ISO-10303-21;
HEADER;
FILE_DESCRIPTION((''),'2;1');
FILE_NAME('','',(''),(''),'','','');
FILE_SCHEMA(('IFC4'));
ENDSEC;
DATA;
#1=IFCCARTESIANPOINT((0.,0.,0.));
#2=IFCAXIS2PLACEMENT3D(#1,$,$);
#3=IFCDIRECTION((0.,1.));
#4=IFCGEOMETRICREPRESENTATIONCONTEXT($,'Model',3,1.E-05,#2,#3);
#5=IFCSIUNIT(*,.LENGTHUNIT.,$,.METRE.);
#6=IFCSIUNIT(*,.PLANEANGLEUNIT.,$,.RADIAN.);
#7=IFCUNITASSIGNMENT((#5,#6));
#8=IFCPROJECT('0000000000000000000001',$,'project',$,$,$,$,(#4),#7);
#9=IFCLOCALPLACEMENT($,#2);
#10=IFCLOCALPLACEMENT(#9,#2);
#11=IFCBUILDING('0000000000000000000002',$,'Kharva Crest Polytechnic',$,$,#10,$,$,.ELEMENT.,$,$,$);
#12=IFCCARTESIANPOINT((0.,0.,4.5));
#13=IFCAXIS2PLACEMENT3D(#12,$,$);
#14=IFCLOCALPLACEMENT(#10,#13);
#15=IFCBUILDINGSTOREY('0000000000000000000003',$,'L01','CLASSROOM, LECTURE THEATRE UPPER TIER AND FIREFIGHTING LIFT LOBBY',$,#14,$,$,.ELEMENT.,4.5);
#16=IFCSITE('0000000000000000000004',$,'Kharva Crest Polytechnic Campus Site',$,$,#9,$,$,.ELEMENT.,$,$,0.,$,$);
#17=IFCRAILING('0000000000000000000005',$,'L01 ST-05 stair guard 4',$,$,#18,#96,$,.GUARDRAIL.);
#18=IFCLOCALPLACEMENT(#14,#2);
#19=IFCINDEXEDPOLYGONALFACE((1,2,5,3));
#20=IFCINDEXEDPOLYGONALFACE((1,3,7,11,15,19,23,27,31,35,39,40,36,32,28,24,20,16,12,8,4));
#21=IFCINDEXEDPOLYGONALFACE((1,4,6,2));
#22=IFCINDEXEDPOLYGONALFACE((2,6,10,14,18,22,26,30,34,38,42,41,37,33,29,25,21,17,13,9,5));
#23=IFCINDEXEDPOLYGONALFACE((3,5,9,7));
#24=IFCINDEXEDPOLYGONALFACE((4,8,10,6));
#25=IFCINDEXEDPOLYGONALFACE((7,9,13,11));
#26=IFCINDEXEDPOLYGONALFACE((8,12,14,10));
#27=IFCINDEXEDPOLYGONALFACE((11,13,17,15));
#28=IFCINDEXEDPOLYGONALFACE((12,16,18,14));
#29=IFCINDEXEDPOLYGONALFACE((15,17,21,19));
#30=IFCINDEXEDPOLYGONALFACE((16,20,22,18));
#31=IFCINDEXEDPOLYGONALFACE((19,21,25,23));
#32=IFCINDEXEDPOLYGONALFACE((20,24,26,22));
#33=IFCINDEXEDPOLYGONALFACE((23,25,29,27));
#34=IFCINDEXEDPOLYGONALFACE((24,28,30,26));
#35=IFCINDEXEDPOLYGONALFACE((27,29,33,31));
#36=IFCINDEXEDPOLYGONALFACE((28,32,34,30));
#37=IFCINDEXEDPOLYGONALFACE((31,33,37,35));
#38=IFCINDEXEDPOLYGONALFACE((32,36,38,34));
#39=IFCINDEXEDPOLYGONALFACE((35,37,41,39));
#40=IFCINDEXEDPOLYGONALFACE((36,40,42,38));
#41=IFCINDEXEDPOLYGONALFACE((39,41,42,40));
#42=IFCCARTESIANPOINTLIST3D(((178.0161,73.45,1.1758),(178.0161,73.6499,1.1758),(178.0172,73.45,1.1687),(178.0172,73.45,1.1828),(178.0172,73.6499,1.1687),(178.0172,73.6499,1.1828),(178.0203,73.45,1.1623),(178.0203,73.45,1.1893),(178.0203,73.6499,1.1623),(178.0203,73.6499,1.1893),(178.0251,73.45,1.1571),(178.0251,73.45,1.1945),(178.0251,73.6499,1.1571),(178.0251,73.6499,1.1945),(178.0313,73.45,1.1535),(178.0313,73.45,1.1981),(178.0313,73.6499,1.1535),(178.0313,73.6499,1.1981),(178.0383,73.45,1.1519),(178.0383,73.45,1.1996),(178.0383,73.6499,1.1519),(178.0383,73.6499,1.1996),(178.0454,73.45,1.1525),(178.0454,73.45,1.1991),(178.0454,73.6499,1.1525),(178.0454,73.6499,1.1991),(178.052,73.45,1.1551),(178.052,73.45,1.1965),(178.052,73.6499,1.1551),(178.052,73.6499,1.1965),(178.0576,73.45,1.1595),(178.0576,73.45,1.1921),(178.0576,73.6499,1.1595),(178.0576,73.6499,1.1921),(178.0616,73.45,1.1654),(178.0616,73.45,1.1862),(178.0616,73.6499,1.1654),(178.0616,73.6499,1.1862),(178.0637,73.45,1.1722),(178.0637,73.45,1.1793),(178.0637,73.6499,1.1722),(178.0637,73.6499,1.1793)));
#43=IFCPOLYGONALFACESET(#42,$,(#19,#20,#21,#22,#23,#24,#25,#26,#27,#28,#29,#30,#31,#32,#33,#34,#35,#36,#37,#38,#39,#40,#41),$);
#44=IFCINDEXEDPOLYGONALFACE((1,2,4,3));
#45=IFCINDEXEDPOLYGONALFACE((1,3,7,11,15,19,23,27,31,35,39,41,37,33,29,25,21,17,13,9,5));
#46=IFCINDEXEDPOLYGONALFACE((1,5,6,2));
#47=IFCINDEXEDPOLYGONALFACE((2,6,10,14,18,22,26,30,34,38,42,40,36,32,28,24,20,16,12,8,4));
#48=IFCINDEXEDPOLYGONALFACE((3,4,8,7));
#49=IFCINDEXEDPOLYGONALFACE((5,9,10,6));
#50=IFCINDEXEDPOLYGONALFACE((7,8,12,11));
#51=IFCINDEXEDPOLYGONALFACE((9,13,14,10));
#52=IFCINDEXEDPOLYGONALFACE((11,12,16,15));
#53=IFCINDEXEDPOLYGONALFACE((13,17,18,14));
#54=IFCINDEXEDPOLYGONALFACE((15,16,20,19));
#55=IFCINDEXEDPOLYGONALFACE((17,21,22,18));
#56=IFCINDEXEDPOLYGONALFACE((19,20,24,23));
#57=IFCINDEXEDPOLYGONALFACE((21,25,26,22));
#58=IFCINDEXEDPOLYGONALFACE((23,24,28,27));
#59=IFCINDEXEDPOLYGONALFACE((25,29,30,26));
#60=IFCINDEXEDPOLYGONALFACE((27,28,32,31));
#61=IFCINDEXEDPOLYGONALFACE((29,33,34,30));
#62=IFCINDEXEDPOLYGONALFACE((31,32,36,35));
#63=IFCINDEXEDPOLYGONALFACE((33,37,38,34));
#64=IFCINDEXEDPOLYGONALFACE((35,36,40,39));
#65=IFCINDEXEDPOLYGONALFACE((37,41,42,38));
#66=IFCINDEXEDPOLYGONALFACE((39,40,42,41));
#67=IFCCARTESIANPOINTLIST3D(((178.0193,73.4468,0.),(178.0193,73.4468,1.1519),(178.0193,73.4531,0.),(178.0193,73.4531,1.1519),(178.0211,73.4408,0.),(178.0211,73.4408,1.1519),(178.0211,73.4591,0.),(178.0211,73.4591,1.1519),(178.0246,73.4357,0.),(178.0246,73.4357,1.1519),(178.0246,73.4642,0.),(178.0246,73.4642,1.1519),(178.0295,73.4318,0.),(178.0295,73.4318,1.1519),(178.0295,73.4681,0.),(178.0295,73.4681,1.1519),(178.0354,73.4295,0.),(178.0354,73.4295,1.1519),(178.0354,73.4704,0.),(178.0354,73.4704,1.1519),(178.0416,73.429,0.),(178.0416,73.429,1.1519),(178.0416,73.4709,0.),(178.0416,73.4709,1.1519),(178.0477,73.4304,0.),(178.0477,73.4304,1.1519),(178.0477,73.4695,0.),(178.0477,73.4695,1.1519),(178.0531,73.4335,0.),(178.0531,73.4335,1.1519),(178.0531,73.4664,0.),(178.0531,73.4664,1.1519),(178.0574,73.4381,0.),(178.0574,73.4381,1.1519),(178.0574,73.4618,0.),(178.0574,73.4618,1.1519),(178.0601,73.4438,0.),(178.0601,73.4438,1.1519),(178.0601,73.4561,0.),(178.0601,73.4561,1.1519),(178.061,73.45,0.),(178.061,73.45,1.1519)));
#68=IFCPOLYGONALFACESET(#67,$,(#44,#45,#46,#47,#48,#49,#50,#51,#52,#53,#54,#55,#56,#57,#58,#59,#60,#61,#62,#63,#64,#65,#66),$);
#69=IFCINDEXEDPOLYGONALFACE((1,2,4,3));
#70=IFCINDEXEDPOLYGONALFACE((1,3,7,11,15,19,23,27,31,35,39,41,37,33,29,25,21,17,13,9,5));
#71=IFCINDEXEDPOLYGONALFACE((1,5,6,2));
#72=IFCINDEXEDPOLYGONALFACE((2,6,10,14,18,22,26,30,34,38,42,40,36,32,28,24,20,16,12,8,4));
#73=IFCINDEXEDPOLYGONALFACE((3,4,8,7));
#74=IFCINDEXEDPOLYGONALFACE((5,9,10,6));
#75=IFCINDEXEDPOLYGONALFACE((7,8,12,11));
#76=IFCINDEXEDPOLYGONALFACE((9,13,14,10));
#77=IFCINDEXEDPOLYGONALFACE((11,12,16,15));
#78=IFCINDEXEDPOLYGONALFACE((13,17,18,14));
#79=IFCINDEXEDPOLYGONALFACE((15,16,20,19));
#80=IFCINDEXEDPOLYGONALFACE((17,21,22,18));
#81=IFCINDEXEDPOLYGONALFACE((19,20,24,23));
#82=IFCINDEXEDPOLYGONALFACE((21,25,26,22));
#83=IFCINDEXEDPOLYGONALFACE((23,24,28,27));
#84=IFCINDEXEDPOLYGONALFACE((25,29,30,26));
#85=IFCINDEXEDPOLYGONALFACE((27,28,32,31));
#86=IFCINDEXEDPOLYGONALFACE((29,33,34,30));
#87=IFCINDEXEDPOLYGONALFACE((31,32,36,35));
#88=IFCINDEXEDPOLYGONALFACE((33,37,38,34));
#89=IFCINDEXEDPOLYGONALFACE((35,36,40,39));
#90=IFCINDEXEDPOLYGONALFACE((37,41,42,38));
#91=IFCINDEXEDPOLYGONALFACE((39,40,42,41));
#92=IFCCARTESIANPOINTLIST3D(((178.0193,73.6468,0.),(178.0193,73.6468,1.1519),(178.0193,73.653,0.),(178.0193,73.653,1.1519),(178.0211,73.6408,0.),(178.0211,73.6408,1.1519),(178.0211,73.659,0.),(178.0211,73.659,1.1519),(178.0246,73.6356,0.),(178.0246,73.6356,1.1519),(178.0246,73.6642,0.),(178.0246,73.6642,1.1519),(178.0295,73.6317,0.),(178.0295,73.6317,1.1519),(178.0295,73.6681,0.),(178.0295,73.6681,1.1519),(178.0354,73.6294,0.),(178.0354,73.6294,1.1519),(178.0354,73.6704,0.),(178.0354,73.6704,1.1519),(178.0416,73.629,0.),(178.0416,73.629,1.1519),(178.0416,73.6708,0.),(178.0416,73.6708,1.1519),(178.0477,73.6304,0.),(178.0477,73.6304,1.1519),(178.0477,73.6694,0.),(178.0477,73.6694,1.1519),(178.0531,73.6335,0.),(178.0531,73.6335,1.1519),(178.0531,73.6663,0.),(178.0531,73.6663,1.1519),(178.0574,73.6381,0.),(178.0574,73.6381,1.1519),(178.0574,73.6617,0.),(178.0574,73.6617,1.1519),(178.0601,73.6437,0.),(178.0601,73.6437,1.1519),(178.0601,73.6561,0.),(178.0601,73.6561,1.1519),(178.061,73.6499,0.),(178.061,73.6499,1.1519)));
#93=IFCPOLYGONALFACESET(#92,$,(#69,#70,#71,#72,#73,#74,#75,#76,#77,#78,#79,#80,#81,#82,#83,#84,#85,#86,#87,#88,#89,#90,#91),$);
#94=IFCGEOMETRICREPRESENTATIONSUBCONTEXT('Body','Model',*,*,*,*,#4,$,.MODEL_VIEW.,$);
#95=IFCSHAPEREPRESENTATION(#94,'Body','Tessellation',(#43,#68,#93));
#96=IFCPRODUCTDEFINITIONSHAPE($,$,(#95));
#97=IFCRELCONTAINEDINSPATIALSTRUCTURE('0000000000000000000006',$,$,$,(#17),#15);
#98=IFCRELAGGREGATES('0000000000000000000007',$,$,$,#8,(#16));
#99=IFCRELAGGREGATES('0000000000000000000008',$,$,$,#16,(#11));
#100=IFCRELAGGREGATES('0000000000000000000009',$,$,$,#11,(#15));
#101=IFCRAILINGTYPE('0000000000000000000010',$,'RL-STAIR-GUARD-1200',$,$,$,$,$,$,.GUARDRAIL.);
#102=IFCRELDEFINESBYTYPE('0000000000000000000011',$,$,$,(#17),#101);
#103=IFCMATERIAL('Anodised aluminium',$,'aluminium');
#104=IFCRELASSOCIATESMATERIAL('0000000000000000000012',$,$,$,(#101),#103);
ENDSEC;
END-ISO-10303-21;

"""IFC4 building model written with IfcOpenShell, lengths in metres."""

from ifc_helpers import new_model, si_unit, direction, frame, origin, origin_2d, place, context, subcontext, project, spatial, circle, extrude, material, type_object, element, save


model = new_model("IFC4")

# Units and contexts
model_context = context("Model", 3, precision=1e-05, world=origin(), true_north=direction((0.0, 1.0)))
body_context = subcontext(model_context, "Body", "Model", "MODEL_VIEW")
ifc_project = project(units=[si_unit("LENGTHUNIT", "METRE"), si_unit("PLANEANGLEUNIT", "RADIAN")], contexts=[model_context])

# Site, building, storey
site_placement = place(None, origin())
site = spatial("IfcSite", under=ifc_project, at=site_placement, Name="Kharva Crest Polytechnic Campus Site", CompositionType="ELEMENT", RefElevation=0.0)
building_placement = place(site_placement, origin())
building = spatial("IfcBuilding", under=site, at=building_placement, Name="Kharva Crest Polytechnic", CompositionType="ELEMENT")
storey_placement = place(building_placement, frame((0.0, 0.0, 4.5)))
storey = spatial("IfcBuildingStorey", under=building, at=storey_placement, Name="L01", Description="CLASSROOM, LECTURE THEATRE UPPER TIER AND FIREFIGHTING LIFT LOBBY", CompositionType="ELEMENT", Elevation=4.5)

# Railing
ifc_material_1 = material(Name="Anodised aluminium", Category="aluminium")
railing_type_1 = type_object("IfcRailingType", Name="RL-STAIR-GUARD-1200", PredefinedType="GUARDRAIL", material=ifc_material_1)
railing_1_placement = place(storey_placement, frame((178.04, 73.45, 0.0)))
element("IfcRailing", 1, at=railing_1_placement, inside=storey, type_object=railing_type_1, Name="L01 ST-05 stair guard 4", PredefinedType="GUARDRAIL", context=body_context, shape_type="SweptSolid", body=[
    extrude(circle(Radius=0.0239, at=origin_2d()), frame((0.0, 0.0, 1.1758), z_axis=(0.0, 1.0, 0.0), x_axis=(-1.0, 0.0, 0.0)), (0.0, 0.0, 1.0), 0.2),
    extrude(circle(Radius=0.021, at=origin_2d()), origin(), (0.0, 0.0, 1.0), 1.1519),
    extrude(circle(Radius=0.021, at=origin_2d()), frame((0.0, 0.2, 0.0)), (0.0, 0.0, 1.0), 1.1519),
])

save(model, "model.ifc")
